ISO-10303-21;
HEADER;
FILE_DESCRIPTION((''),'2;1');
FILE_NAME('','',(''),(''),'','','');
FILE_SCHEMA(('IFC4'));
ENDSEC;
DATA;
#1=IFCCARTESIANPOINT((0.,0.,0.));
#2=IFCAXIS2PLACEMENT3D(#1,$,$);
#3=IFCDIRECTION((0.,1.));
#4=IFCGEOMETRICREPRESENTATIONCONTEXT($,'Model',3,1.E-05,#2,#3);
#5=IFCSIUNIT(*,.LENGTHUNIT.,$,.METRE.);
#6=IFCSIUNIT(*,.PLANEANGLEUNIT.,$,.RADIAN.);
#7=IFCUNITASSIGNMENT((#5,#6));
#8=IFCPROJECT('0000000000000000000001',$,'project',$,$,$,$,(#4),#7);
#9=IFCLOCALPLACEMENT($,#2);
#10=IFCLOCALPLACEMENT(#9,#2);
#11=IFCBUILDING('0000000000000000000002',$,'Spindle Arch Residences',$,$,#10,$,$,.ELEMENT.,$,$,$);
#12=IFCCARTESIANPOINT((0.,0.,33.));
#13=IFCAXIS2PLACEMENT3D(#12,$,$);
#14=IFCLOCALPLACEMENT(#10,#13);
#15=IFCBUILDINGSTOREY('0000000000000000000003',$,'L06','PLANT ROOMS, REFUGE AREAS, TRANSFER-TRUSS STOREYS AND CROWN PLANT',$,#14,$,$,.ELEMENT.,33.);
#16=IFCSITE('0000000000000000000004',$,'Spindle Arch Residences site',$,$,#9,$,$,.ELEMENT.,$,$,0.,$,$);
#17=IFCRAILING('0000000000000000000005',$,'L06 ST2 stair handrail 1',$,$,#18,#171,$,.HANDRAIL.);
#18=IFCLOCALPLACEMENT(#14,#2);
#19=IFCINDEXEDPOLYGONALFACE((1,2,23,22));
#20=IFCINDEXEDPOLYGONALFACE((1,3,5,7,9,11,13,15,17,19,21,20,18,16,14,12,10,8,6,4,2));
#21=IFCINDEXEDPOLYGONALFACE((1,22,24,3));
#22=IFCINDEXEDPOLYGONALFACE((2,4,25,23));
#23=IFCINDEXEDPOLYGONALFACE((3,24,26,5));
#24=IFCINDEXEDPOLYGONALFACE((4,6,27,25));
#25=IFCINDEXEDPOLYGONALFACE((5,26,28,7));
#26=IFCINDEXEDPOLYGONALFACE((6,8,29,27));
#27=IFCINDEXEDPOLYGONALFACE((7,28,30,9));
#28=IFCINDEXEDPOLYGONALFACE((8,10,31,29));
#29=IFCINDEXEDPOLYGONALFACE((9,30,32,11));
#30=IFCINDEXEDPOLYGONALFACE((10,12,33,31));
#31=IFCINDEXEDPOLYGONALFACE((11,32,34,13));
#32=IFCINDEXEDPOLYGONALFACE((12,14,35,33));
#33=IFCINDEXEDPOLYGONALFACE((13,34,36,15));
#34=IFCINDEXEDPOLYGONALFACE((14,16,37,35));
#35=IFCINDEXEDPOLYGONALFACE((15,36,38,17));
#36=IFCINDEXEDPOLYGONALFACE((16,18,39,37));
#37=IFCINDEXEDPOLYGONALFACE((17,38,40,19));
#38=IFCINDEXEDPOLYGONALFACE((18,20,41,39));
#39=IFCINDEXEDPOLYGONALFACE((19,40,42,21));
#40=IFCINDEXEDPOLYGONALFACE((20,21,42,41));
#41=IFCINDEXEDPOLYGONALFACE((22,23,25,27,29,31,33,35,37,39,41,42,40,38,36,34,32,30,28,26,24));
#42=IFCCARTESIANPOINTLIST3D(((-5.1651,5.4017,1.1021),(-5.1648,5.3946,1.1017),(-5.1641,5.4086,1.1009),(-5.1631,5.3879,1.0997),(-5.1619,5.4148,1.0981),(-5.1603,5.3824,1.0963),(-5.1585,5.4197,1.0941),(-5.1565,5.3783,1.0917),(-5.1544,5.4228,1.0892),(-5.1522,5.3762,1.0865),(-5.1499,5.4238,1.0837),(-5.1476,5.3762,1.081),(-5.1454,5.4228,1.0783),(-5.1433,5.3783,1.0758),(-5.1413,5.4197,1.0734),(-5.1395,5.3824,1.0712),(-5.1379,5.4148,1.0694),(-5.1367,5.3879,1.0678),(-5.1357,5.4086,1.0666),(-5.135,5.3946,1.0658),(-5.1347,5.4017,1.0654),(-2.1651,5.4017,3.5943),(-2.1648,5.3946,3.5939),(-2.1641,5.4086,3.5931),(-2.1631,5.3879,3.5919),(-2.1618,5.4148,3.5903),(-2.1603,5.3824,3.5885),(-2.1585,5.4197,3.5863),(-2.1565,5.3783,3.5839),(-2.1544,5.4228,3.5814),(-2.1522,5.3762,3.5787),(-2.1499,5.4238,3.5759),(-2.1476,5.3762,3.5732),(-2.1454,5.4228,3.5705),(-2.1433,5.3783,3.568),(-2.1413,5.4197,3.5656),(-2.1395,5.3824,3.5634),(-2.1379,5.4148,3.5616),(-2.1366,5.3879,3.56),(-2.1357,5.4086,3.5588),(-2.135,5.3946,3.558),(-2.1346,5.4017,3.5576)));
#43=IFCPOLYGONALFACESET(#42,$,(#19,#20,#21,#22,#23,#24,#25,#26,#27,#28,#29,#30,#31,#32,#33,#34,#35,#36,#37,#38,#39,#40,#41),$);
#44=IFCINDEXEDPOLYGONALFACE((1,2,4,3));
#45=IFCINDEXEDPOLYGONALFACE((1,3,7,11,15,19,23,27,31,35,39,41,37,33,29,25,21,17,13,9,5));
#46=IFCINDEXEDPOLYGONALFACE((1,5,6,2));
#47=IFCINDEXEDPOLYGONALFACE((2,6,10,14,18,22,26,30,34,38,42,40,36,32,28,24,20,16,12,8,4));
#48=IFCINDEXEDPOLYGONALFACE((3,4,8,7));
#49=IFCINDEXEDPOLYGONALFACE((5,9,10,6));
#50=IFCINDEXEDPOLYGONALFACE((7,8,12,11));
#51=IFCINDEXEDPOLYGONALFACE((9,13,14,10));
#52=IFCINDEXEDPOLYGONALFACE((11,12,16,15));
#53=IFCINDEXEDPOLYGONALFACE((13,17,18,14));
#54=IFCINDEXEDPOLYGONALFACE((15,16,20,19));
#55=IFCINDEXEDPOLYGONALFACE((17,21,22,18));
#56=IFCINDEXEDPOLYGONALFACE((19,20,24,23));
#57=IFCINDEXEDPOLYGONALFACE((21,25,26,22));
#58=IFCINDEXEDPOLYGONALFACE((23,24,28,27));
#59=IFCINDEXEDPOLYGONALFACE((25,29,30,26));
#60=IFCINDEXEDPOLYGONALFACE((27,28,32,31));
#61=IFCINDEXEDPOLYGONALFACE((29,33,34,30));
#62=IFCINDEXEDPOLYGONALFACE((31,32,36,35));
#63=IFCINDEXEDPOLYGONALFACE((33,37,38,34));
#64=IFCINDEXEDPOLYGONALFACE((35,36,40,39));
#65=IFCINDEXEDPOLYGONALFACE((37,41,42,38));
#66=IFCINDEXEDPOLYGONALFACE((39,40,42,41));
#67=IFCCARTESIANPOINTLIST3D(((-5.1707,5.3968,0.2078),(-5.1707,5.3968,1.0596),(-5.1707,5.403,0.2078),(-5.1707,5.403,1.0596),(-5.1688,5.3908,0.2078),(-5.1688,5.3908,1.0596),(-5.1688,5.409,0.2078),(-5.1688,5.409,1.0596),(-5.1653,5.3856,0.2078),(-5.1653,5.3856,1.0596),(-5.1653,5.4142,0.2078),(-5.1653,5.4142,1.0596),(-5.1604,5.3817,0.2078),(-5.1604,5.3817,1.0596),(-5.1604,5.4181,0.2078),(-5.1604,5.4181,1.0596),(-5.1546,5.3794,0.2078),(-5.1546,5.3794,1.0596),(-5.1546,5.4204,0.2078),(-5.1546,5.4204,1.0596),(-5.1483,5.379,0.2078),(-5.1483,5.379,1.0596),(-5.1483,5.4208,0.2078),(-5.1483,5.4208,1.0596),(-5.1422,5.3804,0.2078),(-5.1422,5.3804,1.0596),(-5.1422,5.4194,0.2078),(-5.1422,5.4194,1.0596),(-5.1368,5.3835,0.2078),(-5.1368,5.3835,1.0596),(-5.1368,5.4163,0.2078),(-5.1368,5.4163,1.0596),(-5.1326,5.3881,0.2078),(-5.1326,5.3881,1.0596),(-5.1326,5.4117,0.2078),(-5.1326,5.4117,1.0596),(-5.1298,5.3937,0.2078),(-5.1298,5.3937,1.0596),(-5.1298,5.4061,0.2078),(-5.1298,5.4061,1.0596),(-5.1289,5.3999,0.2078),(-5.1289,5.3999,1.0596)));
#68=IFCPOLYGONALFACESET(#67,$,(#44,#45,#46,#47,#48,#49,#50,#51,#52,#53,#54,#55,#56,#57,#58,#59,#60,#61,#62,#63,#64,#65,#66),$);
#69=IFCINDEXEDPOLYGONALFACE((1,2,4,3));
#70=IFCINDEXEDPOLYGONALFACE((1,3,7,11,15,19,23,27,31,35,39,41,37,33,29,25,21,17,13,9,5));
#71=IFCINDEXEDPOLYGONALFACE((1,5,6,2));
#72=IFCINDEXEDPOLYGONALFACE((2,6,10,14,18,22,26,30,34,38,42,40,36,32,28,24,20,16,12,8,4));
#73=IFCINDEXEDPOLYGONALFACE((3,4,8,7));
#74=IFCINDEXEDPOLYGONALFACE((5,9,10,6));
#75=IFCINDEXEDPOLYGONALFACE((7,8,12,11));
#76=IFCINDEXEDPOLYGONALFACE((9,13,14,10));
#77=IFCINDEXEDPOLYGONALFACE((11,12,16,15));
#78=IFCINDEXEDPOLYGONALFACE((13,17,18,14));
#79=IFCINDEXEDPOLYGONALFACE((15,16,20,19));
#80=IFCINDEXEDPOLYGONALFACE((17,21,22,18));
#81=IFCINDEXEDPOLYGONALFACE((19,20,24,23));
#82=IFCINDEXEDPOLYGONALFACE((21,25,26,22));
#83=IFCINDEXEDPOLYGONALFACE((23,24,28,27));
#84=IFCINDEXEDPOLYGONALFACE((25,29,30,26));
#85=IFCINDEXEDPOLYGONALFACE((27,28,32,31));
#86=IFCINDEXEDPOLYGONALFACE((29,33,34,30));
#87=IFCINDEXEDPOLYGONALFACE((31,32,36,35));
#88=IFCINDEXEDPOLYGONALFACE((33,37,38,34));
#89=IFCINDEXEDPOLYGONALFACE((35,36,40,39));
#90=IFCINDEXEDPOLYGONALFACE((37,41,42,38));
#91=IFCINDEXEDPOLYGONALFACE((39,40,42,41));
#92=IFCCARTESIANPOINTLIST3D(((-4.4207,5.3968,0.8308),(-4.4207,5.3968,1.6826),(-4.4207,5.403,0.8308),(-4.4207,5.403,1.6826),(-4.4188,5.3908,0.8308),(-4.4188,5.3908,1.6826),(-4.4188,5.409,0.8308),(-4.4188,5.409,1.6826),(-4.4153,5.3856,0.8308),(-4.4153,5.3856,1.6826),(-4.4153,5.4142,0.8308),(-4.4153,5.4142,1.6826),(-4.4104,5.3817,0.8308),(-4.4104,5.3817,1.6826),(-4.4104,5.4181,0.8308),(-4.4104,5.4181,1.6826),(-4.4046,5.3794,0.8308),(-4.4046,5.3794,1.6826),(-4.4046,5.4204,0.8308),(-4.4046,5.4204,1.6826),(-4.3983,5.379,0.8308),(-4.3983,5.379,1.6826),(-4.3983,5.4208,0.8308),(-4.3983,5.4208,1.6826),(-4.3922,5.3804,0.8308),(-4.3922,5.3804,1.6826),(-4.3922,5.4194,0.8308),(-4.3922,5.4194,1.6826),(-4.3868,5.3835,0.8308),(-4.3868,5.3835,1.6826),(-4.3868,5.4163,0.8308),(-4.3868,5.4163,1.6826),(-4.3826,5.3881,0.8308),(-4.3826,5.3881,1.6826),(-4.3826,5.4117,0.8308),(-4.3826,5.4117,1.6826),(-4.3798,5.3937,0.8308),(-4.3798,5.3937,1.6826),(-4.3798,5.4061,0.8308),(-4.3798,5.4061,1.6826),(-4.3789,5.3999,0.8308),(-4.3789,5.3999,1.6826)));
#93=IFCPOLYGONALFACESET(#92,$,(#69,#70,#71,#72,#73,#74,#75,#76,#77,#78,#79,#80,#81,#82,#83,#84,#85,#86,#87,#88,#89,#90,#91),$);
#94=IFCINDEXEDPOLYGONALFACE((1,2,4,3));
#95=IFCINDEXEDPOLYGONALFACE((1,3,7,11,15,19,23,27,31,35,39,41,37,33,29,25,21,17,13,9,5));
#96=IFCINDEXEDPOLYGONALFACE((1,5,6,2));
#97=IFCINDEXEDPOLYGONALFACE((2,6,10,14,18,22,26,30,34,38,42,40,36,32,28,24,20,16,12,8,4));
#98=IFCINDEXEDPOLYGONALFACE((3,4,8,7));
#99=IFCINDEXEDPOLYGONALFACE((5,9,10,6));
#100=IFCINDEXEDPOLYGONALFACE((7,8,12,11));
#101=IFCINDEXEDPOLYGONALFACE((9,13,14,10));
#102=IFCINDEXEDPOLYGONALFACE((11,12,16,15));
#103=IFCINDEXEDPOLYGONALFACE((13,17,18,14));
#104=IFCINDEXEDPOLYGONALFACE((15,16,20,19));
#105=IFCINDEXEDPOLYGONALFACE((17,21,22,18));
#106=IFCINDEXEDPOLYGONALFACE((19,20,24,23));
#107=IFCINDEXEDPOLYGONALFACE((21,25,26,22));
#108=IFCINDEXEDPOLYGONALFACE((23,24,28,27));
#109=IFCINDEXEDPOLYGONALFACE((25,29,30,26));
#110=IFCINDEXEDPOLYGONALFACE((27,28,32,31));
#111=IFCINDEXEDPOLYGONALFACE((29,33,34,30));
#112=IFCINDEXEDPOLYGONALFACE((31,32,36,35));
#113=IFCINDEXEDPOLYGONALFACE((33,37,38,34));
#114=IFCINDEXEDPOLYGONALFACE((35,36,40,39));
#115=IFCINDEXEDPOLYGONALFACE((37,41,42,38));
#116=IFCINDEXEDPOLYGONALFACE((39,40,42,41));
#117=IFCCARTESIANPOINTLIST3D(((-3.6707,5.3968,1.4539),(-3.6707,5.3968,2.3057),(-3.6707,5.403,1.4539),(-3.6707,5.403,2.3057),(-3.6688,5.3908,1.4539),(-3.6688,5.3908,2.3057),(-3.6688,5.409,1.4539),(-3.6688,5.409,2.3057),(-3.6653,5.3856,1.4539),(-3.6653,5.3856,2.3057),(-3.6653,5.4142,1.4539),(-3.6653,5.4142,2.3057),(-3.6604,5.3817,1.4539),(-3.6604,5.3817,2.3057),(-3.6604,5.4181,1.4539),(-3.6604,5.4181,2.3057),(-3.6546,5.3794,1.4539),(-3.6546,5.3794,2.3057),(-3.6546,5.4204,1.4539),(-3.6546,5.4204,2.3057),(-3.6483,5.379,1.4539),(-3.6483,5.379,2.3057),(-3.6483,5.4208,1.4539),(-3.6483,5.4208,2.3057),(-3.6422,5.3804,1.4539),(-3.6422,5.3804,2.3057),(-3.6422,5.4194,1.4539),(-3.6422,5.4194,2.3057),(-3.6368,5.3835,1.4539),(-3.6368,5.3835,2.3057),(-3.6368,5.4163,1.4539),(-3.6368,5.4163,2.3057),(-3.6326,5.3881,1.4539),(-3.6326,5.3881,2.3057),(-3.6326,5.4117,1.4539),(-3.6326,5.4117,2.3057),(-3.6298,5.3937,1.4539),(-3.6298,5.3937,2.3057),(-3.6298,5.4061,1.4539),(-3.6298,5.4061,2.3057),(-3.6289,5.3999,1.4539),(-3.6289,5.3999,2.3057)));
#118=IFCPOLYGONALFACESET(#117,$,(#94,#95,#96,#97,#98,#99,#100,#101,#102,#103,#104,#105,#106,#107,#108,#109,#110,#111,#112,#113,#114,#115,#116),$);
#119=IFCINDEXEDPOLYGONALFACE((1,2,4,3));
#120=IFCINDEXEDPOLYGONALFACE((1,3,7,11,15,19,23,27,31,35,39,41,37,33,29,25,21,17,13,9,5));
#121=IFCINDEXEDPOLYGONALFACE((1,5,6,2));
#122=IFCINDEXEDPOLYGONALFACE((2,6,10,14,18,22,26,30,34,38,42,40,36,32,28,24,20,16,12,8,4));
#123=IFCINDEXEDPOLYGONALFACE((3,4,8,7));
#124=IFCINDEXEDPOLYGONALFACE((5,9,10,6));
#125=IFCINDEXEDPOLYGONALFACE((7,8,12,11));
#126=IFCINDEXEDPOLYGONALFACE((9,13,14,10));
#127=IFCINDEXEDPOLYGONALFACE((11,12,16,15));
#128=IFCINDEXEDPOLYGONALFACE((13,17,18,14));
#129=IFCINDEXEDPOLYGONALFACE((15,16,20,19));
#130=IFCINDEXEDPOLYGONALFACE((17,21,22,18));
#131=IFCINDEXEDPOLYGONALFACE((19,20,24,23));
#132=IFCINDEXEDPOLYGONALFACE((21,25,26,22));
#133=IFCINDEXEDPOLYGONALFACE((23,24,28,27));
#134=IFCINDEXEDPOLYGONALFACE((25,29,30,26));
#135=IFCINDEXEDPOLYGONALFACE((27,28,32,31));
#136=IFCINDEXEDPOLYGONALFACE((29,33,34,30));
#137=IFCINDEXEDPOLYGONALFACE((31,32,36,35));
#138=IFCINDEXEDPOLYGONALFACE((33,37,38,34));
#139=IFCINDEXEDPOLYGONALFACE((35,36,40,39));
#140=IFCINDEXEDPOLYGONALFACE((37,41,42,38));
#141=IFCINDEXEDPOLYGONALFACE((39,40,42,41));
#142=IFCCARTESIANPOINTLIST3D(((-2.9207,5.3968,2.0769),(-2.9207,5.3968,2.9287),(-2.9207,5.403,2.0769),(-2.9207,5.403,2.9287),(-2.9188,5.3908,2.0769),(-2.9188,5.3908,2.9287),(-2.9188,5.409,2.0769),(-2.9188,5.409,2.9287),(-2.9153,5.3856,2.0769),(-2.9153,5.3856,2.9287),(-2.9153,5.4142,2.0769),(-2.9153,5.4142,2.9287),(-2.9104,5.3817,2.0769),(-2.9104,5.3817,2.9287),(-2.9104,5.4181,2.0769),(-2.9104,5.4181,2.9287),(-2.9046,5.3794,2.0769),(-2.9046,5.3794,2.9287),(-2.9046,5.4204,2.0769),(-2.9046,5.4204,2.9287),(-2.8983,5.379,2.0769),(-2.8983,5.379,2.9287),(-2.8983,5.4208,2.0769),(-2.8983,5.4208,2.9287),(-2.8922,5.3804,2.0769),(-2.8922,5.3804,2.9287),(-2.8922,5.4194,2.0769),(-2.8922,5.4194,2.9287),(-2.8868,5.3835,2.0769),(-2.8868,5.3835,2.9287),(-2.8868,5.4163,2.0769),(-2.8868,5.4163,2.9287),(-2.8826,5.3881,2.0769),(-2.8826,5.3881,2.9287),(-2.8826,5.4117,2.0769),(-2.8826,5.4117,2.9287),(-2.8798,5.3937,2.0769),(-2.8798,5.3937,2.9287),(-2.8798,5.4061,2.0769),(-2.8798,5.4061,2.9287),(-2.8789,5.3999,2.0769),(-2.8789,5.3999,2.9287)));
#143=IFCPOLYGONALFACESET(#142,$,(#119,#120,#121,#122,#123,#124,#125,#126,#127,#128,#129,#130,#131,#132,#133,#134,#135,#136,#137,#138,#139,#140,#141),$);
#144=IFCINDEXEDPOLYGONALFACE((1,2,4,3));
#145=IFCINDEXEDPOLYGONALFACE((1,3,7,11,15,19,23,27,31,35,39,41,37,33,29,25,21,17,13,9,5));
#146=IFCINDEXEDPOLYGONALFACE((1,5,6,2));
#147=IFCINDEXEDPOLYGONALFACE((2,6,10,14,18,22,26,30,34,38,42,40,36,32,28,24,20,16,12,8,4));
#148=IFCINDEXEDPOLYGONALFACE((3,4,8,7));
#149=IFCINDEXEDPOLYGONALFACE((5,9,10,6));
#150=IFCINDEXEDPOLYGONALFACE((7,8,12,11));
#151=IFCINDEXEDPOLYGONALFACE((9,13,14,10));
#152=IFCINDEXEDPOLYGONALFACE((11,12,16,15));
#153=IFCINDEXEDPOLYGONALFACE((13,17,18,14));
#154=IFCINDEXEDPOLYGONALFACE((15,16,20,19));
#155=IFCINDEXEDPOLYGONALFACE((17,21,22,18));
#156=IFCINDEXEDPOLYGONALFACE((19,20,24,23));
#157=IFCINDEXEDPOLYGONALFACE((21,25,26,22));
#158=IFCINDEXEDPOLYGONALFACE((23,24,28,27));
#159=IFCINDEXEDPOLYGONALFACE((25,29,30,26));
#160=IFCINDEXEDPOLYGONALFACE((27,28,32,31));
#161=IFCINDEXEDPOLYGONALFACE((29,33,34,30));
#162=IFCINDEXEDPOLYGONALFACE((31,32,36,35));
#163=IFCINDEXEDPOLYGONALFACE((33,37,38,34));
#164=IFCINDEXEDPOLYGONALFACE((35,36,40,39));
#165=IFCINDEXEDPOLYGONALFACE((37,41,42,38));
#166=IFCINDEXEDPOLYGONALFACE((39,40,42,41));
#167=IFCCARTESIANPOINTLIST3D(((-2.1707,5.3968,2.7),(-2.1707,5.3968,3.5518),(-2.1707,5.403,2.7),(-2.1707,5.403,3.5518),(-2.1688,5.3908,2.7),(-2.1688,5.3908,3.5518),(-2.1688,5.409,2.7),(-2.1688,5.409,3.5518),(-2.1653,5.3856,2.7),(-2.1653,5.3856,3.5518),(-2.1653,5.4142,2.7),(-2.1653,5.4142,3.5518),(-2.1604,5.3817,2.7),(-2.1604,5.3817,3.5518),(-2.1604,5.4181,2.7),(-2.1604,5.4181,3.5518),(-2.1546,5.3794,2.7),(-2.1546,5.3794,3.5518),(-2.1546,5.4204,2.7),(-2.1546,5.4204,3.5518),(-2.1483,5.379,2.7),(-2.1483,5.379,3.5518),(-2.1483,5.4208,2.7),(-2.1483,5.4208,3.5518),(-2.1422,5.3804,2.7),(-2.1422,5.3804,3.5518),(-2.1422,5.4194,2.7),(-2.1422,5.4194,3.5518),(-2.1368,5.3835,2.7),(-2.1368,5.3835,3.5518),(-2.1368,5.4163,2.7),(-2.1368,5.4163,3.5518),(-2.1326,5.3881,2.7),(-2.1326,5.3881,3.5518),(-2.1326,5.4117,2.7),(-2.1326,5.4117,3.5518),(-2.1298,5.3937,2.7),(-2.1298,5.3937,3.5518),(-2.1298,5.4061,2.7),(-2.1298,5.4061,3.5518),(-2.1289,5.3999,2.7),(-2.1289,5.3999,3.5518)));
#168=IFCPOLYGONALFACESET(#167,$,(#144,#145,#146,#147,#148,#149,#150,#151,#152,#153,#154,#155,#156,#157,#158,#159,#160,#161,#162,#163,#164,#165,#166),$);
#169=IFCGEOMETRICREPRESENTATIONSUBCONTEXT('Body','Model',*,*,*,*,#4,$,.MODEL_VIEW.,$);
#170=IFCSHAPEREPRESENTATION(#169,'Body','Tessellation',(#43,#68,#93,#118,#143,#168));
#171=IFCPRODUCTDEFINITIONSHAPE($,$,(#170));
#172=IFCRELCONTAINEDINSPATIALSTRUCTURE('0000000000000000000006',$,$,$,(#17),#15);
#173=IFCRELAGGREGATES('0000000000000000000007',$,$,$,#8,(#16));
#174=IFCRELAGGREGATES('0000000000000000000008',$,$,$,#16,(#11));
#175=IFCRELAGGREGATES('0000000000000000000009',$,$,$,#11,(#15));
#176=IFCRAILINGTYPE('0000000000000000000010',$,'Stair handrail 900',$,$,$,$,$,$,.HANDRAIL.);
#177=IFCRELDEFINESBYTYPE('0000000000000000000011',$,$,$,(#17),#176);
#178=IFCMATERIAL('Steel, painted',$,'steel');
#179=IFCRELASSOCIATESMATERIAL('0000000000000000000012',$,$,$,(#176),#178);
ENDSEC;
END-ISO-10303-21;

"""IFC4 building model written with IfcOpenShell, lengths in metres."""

from ifc_helpers import new_model, si_unit, direction, frame, origin, origin_2d, place, context, subcontext, project, spatial, circle, extrude, material, type_object, element, save


model = new_model("IFC4")

# Units and contexts
model_context = context("Model", 3, precision=1e-05, world=origin(), true_north=direction((0.0, 1.0)))
body_context = subcontext(model_context, "Body", "Model", "MODEL_VIEW")
ifc_project = project(units=[si_unit("LENGTHUNIT", "METRE"), si_unit("PLANEANGLEUNIT", "RADIAN")], contexts=[model_context])

# Site, building, storey
site_placement = place(None, origin())
site = spatial("IfcSite", under=ifc_project, at=site_placement, Name="Spindle Arch Residences site", CompositionType="ELEMENT", RefElevation=0.0)
building_placement = place(site_placement, origin())
building = spatial("IfcBuilding", under=site, at=building_placement, Name="Spindle Arch Residences", CompositionType="ELEMENT")
storey_placement = place(building_placement, frame((0.0, 0.0, 33.0)))
storey = spatial("IfcBuildingStorey", under=building, at=storey_placement, Name="L06", Description="PLANT ROOMS, REFUGE AREAS, TRANSFER-TRUSS STOREYS AND CROWN PLANT", CompositionType="ELEMENT", Elevation=33.0)

# Railing
ifc_material_1 = material(Name="Steel, painted", Category="steel")
railing_type_1 = type_object("IfcRailingType", Name="Stair handrail 900", PredefinedType="HANDRAIL", material=ifc_material_1)
railing_1_placement = place(storey_placement, frame((-5.1499, 5.3999, 0.2078)))
element("IfcRailing", 1, at=railing_1_placement, inside=storey, type_object=railing_type_1, Name="L06 ST2 stair handrail 1", PredefinedType="HANDRAIL", context=body_context, shape_type="SweptSolid", body=[
    extrude(circle(Radius=0.0239, at=origin_2d()), frame((0.0, 0.0, 0.876), z_axis=(0.769206, 0.0, 0.639001), x_axis=(0.0, 1.0, 0.0)), (0.0, 0.0, 1.0), 3.9001),
    extrude(circle(Radius=0.021, at=origin_2d()), origin(), (0.0, 0.0, 1.0), 0.8518),
    extrude(circle(Radius=0.021, at=origin_2d()), frame((0.75, 0.0, 0.623)), (0.0, 0.0, 1.0), 0.8518),
    extrude(circle(Radius=0.021, at=origin_2d()), frame((1.5, 0.0, 1.2461)), (0.0, 0.0, 1.0), 0.8518),
    extrude(circle(Radius=0.021, at=origin_2d()), frame((2.25, 0.0, 1.8691)), (0.0, 0.0, 1.0), 0.8518),
    extrude(circle(Radius=0.021, at=origin_2d()), frame((3.0, 0.0, 2.4922)), (0.0, 0.0, 1.0), 0.8518),
])

save(model, "model.ifc")
